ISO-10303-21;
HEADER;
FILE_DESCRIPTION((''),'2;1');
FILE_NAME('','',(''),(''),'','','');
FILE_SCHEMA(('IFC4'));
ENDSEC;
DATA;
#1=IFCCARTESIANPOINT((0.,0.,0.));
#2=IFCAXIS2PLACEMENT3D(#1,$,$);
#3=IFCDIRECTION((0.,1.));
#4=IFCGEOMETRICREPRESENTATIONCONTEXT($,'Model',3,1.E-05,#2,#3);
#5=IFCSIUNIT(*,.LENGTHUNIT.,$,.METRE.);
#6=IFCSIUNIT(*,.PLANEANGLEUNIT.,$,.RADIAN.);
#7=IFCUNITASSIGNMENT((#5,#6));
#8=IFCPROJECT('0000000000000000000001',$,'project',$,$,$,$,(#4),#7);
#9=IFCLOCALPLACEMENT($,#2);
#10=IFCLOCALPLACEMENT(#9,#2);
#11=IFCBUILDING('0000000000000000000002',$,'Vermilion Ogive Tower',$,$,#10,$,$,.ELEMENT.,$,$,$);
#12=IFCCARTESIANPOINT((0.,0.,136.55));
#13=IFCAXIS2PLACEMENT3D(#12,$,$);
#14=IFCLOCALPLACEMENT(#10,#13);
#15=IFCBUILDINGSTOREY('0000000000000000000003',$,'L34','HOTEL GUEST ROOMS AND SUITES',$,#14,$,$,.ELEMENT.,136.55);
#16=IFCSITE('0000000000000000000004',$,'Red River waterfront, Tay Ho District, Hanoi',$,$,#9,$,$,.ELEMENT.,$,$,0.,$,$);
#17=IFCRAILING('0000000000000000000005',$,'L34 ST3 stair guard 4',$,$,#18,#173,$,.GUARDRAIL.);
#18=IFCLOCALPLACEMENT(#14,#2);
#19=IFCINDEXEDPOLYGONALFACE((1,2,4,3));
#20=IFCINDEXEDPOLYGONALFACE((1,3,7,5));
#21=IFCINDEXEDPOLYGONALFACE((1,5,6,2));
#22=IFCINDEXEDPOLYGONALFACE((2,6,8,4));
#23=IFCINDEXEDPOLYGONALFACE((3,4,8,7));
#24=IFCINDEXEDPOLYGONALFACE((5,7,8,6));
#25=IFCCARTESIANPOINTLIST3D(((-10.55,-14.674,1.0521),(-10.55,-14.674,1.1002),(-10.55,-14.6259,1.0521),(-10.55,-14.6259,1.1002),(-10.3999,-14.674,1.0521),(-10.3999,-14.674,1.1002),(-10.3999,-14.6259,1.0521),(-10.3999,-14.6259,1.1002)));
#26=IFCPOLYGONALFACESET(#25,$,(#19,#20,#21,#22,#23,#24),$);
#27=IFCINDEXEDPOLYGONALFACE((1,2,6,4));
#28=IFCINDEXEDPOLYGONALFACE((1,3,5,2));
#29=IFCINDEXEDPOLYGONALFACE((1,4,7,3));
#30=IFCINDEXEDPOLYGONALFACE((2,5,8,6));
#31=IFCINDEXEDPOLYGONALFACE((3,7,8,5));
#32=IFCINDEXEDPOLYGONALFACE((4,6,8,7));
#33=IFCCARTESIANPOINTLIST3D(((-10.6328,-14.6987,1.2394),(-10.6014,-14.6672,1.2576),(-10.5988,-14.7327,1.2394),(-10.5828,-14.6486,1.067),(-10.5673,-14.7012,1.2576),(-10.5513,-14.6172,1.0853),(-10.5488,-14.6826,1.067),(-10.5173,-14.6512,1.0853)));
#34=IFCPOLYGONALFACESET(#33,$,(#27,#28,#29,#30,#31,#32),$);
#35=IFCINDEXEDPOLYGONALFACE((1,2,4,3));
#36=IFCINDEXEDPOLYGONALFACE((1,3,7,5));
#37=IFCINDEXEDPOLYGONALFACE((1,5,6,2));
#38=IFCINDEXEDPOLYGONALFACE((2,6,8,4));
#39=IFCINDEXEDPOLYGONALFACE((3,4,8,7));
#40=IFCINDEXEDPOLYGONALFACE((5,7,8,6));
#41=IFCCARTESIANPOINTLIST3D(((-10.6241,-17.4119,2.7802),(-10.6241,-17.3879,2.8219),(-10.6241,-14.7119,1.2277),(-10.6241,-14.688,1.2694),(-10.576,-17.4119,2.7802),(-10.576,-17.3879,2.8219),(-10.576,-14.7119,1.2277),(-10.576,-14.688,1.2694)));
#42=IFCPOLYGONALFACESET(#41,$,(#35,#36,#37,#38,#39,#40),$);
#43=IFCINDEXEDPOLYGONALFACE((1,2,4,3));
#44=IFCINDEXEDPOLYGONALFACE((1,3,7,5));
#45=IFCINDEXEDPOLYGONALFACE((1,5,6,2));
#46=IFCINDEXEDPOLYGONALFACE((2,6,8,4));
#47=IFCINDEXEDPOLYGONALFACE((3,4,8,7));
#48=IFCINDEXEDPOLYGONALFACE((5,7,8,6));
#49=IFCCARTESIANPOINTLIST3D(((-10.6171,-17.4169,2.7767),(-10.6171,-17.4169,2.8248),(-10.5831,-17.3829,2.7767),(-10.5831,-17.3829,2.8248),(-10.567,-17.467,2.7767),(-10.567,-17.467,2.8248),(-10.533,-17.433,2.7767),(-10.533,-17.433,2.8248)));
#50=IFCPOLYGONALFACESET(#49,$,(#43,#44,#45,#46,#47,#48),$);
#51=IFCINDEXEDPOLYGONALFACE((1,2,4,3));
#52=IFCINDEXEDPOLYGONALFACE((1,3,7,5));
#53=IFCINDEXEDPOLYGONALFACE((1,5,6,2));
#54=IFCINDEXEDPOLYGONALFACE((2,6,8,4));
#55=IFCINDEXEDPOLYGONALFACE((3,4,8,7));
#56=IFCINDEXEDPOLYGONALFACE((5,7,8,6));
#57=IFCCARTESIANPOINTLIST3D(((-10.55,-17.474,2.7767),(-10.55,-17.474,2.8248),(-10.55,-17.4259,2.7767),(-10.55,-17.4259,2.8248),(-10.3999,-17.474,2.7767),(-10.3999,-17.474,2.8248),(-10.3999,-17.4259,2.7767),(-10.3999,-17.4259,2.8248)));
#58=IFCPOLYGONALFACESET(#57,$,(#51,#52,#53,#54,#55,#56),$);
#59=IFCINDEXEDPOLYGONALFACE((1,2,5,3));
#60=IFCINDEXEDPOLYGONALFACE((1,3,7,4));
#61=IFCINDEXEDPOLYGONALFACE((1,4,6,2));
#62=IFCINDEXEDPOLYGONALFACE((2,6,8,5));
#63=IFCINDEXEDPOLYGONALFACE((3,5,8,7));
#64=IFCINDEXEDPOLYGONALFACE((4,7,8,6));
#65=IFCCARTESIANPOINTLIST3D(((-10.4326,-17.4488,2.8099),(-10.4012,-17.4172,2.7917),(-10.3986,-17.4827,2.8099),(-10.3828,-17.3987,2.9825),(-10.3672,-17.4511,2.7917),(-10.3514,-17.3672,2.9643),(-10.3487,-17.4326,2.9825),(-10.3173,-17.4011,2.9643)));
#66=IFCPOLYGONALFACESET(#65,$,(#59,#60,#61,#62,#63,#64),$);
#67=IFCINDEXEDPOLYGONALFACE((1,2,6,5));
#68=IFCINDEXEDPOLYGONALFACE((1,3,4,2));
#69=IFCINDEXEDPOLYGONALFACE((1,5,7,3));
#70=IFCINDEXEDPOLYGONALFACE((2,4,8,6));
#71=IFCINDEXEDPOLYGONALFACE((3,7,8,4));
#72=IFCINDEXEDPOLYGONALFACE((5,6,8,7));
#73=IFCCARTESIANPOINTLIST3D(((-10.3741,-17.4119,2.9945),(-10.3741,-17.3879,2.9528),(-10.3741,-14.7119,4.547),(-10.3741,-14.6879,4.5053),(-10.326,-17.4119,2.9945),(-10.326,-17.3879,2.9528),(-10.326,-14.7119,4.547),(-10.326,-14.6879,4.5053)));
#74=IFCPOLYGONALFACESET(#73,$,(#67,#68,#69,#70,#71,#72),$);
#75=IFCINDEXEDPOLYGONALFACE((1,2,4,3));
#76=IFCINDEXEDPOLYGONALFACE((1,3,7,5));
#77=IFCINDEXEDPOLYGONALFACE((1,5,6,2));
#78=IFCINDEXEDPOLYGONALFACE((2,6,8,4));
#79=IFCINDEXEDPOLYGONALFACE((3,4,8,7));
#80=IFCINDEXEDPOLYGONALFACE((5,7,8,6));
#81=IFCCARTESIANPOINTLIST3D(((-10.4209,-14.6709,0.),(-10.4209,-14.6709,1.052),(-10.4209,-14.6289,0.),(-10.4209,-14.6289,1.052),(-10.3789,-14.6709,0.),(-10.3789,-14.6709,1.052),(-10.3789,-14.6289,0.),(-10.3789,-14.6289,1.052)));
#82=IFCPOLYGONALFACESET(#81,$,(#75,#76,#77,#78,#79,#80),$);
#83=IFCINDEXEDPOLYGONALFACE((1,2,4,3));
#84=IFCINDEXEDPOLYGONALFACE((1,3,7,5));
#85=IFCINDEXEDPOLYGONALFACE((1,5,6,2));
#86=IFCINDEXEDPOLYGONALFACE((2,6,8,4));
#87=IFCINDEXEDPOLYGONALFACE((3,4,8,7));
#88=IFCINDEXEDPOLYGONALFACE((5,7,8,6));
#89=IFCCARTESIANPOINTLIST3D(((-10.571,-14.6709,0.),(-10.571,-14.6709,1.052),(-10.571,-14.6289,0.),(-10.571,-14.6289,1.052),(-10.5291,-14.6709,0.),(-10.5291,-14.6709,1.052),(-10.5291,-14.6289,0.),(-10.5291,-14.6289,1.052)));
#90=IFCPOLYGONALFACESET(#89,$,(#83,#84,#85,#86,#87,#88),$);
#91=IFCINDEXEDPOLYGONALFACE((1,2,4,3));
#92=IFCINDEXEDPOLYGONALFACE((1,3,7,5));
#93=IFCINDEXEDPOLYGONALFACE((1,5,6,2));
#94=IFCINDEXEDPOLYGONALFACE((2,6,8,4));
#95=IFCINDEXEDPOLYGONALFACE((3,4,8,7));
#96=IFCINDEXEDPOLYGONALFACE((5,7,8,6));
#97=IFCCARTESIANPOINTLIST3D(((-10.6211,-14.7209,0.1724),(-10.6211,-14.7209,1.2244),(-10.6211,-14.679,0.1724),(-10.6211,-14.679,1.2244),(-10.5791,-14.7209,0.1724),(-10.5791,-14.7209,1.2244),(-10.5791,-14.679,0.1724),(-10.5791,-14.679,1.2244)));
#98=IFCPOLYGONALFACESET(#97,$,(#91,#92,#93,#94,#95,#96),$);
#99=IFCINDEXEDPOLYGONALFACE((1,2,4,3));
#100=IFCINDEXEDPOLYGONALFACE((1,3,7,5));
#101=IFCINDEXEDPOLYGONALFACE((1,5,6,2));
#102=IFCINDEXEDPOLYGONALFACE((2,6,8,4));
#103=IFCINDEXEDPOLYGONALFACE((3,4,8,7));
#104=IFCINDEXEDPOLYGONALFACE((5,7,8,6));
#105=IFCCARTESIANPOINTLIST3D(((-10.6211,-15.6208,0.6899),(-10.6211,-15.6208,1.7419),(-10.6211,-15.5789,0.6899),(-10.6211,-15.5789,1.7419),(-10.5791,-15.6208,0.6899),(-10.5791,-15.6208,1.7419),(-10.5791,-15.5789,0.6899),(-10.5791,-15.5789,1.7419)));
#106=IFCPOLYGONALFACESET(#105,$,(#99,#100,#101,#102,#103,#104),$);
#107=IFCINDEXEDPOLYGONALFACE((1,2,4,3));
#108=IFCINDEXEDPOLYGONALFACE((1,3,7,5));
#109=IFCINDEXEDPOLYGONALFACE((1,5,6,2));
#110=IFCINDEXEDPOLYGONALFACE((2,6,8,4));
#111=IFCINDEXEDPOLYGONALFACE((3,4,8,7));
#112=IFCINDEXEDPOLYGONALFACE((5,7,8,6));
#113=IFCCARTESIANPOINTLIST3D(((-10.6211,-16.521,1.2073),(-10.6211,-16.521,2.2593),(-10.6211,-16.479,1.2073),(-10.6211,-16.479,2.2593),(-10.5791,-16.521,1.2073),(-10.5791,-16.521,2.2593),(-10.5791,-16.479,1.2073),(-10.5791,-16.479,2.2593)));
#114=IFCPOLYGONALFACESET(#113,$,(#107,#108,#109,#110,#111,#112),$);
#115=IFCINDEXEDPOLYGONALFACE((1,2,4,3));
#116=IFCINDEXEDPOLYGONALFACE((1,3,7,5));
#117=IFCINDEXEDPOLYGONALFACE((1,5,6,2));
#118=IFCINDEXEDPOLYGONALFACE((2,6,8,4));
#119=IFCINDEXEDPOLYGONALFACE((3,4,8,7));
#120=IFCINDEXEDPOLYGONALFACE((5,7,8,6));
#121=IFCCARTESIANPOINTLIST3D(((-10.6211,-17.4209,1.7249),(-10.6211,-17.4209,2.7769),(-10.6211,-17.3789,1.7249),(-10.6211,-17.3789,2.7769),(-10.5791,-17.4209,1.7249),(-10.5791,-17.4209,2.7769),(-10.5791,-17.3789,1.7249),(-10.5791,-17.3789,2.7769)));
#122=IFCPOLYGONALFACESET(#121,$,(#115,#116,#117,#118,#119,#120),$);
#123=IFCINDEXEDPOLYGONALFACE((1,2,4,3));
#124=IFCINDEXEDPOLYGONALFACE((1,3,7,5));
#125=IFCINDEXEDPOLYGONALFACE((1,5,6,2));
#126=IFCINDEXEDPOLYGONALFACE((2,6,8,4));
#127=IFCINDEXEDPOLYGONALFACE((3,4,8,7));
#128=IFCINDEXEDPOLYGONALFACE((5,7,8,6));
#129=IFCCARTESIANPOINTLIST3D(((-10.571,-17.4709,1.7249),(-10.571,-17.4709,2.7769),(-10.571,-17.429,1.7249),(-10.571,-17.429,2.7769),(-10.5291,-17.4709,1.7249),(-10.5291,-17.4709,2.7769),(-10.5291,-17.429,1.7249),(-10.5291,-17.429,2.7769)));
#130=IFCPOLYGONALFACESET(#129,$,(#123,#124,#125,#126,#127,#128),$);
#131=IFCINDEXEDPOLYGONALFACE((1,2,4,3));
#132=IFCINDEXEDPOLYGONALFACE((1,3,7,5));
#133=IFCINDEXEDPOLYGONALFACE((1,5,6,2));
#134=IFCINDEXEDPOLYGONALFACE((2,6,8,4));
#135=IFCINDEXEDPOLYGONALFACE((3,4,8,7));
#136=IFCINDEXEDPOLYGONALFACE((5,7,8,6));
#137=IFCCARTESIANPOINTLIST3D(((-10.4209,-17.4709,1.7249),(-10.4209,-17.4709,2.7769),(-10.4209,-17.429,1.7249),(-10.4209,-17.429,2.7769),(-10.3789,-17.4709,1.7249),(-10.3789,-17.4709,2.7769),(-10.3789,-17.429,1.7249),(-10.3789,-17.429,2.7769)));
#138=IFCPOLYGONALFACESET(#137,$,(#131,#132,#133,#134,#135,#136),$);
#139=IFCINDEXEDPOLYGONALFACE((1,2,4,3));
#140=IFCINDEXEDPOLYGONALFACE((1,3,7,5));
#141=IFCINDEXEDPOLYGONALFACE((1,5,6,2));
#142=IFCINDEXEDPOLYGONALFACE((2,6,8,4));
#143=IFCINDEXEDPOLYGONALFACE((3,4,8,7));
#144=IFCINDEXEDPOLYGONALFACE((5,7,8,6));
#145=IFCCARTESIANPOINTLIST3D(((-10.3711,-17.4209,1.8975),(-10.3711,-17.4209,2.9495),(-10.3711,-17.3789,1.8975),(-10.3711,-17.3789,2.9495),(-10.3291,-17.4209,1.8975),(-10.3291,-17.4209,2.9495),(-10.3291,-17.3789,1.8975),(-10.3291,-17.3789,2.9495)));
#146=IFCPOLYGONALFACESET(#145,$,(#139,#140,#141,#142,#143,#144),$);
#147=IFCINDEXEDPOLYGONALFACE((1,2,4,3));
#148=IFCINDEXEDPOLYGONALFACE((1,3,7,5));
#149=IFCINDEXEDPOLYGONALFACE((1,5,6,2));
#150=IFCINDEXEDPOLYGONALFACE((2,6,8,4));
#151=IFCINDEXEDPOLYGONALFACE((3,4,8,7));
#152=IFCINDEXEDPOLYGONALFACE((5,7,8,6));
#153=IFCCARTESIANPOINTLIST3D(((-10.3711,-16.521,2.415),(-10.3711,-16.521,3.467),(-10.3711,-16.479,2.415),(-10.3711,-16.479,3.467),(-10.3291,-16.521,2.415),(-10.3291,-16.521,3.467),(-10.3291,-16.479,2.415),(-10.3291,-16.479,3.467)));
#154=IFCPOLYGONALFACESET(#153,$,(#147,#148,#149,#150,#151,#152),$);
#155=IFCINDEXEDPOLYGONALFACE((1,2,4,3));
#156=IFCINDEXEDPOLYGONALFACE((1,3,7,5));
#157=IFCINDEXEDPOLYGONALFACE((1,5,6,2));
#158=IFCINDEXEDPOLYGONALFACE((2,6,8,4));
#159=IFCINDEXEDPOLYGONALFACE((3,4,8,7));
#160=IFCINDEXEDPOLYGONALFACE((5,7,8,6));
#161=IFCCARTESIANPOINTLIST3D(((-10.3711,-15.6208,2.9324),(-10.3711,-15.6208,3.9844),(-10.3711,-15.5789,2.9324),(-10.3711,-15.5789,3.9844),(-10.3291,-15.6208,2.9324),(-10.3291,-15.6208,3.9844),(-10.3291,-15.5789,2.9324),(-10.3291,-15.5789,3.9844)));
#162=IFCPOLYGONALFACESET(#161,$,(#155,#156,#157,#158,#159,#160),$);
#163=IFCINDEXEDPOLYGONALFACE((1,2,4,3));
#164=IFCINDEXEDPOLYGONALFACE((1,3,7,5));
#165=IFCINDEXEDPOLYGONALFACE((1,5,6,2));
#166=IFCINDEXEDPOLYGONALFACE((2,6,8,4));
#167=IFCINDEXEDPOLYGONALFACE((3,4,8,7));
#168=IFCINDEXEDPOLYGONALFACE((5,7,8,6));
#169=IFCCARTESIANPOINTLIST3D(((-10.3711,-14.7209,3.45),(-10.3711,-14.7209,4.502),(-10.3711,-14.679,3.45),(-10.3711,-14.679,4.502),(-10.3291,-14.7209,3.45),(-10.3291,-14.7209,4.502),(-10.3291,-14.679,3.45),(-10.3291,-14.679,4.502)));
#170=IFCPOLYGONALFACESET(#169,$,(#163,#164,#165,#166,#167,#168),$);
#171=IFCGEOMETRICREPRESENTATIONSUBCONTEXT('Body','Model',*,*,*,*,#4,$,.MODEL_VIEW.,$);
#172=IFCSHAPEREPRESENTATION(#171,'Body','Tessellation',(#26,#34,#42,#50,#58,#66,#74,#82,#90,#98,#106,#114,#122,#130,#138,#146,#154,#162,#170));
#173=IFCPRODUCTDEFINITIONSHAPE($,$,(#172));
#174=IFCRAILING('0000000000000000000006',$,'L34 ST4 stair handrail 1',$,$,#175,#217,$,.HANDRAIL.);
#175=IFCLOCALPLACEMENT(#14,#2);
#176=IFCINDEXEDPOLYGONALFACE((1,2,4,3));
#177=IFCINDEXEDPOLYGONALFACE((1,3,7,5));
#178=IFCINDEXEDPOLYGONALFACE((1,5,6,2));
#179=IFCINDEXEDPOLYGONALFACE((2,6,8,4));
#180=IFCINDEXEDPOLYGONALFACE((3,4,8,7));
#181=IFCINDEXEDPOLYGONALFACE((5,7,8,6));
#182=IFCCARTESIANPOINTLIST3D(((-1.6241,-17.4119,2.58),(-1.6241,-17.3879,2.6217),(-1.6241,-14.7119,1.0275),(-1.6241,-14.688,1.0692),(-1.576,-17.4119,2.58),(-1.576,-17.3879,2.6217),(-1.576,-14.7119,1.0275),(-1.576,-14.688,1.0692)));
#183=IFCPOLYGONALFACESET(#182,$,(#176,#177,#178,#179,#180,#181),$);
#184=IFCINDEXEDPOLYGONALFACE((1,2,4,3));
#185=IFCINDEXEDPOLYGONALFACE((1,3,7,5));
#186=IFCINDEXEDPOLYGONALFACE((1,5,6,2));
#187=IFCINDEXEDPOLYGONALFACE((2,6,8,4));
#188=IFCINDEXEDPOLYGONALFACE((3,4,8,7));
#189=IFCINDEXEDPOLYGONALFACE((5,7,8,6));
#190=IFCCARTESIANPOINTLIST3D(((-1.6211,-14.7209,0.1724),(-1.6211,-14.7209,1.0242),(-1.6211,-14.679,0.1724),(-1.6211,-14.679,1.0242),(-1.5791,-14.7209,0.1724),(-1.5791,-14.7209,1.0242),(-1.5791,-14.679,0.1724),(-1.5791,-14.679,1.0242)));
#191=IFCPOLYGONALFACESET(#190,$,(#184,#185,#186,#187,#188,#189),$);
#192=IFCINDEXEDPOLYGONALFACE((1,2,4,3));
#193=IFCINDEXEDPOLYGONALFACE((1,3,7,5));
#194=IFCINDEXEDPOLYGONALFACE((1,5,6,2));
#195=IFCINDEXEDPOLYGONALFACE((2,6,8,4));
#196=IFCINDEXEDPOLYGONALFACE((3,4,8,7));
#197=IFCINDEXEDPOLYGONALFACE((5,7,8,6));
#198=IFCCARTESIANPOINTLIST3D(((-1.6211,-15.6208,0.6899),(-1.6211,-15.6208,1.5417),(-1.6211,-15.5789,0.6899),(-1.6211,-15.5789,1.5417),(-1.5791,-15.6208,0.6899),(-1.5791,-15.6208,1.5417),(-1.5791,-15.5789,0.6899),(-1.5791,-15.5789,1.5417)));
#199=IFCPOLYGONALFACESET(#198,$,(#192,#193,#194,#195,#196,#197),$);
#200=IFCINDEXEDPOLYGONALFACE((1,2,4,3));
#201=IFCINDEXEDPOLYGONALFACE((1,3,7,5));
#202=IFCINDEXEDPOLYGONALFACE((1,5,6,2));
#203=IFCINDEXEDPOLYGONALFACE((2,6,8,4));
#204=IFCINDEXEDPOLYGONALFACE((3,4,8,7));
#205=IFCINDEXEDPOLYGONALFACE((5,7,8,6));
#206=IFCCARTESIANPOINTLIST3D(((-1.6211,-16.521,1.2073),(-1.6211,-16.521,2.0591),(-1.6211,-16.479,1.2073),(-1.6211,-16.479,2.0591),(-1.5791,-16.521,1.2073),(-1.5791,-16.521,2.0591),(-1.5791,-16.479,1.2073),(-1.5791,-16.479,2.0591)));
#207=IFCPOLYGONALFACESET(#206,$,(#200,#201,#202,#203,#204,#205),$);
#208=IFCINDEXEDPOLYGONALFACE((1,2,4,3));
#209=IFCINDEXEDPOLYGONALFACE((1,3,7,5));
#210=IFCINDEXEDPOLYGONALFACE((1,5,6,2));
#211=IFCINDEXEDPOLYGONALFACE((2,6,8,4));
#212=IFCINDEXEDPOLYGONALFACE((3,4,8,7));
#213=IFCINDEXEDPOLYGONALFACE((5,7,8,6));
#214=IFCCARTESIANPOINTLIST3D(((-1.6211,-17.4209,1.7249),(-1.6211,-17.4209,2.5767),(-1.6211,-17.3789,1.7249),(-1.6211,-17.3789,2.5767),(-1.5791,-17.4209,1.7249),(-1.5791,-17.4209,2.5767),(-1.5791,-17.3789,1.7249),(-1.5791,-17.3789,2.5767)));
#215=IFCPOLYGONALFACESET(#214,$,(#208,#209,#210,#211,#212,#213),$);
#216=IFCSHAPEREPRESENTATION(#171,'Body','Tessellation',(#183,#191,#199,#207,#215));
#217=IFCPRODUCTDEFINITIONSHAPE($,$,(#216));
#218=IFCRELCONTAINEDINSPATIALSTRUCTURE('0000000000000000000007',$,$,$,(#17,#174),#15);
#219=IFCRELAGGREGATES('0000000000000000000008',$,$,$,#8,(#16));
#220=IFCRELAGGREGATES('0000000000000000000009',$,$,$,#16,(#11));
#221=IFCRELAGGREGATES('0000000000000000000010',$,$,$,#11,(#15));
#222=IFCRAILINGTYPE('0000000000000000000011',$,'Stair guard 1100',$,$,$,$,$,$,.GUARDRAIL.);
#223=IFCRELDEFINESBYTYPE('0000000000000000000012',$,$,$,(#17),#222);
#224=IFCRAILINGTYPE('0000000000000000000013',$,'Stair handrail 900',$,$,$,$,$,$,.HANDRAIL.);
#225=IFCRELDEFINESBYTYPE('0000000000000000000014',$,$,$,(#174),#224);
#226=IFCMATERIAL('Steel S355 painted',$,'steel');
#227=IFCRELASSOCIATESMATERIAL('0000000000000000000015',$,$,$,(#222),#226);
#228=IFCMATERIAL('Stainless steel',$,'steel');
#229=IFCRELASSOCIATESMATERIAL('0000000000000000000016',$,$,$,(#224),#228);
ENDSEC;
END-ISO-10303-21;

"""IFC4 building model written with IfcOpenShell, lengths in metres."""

from ifc_helpers import new_model, si_unit, direction, frame, origin, origin_2d, place, context, subcontext, project, spatial, rectangle, extrude, material, type_object, element, save


model = new_model("IFC4")

# Units and contexts
model_context = context("Model", 3, precision=1e-05, world=origin(), true_north=direction((0.0, 1.0)))
body_context = subcontext(model_context, "Body", "Model", "MODEL_VIEW")
ifc_project = project(units=[si_unit("LENGTHUNIT", "METRE"), si_unit("PLANEANGLEUNIT", "RADIAN")], contexts=[model_context])

# Site, building, storey
site_placement = place(None, origin())
site = spatial("IfcSite", under=ifc_project, at=site_placement, Name="Red River waterfront, Tay Ho District, Hanoi", CompositionType="ELEMENT", RefElevation=0.0)
building_placement = place(site_placement, origin())
building = spatial("IfcBuilding", under=site, at=building_placement, Name="Vermilion Ogive Tower", CompositionType="ELEMENT")
storey_placement = place(building_placement, frame((0.0, 0.0, 136.55)))
storey = spatial("IfcBuildingStorey", under=building, at=storey_placement, Name="L34", Description="HOTEL GUEST ROOMS AND SUITES", CompositionType="ELEMENT", Elevation=136.55)

# Railings
ifc_material_1 = material(Name="Steel S355 painted", Category="steel")
railing_type_1 = type_object("IfcRailingType", Name="Stair guard 1100", PredefinedType="GUARDRAIL", material=ifc_material_1)
railing_1_placement = place(storey_placement, frame((-10.3999, -14.6499, 0.0)))
element("IfcRailing", 1, at=railing_1_placement, inside=storey, type_object=railing_type_1, Name="L34 ST3 stair guard 4", PredefinedType="GUARDRAIL", context=body_context, shape_type="SweptSolid", body=[
    extrude(rectangle(XDim=0.0481, YDim=0.0481, at=origin_2d()), frame((0.0, 0.0, 1.0762), z_axis=(-1.0, 0.0, 0.0), x_axis=(0.0, -1.0, 0.0)), (0.0, 0.0, 1.0), 0.1501),
    extrude(rectangle(XDim=0.0481, YDim=0.0481, at=origin_2d()), frame((-0.1501, 0.0, 1.0762), z_axis=(-0.268603, -0.268603, 0.925043), x_axis=(0.707107, -0.707107, 0.0)), (0.0, 0.0, 1.0), 0.1863),
    extrude(rectangle(XDim=0.0481, YDim=0.0481, at=origin_2d()), frame((-0.2002, -0.05, 1.2485), z_axis=(0.0, -0.866904, 0.498476), x_axis=(1.0, 0.0, 0.0)), (0.0, 0.0, 1.0), 3.1145),
    extrude(rectangle(XDim=0.0481, YDim=0.0481, at=origin_2d()), frame((-0.2002, -2.75, 2.8008), z_axis=(0.707107, -0.707107, 0.0), x_axis=(0.707107, 0.707107, 0.0)), (0.0, 0.0, 1.0), 0.0708),
    extrude(rectangle(XDim=0.0481, YDim=0.0481, at=origin_2d()), frame((-0.1501, -2.8, 2.8008), z_axis=(1.0, 0.0, 0.0), x_axis=(0.0, 1.0, 0.0)), (0.0, 0.0, 1.0), 0.1501),
    extrude(rectangle(XDim=0.0481, YDim=0.0481, at=origin_2d()), frame((0.0, -2.8, 2.8008), z_axis=(0.267063, 0.268372, 0.925556), x_axis=(-0.708834, 0.705376, 0.0)), (0.0, 0.0, 1.0), 0.1865),
    extrude(rectangle(XDim=0.0481, YDim=0.0481, at=origin_2d()), frame((0.0498, -2.75, 2.9736), z_axis=(0.0, 0.866904, 0.498476), x_axis=(-1.0, 0.0, 0.0)), (0.0, 0.0, 1.0), 3.1145),
    extrude(rectangle(XDim=0.042, YDim=0.042, at=origin_2d()), origin(), (0.0, 0.0, 1.0), 1.052),
    extrude(rectangle(XDim=0.042, YDim=0.042, at=origin_2d()), frame((-0.1501, 0.0, 0.0)), (0.0, 0.0, 1.0), 1.052),
    extrude(rectangle(XDim=0.042, YDim=0.042, at=origin_2d()), frame((-0.2002, -0.05, 0.1724)), (0.0, 0.0, 1.0), 1.052),
    extrude(rectangle(XDim=0.042, YDim=0.042, at=origin_2d()), frame((-0.2002, -0.95, 0.6899)), (0.0, 0.0, 1.0), 1.052),
    extrude(rectangle(XDim=0.042, YDim=0.042, at=origin_2d()), frame((-0.2002, -1.8501, 1.2073)), (0.0, 0.0, 1.0), 1.052),
    extrude(rectangle(XDim=0.042, YDim=0.042, at=origin_2d()), frame((-0.2002, -2.75, 1.7249)), (0.0, 0.0, 1.0), 1.052),
    extrude(rectangle(XDim=0.042, YDim=0.042, at=origin_2d()), frame((-0.1501, -2.8, 1.7249)), (0.0, 0.0, 1.0), 1.052),
    extrude(rectangle(XDim=0.042, YDim=0.042, at=origin_2d()), frame((0.0, -2.8, 1.7249)), (0.0, 0.0, 1.0), 1.052),
    extrude(rectangle(XDim=0.042, YDim=0.042, at=origin_2d()), frame((0.0498, -2.75, 1.8975)), (0.0, 0.0, 1.0), 1.052),
    extrude(rectangle(XDim=0.042, YDim=0.042, at=origin_2d()), frame((0.0498, -1.8501, 2.415)), (0.0, 0.0, 1.0), 1.052),
    extrude(rectangle(XDim=0.042, YDim=0.042, at=origin_2d()), frame((0.0498, -0.95, 2.9324)), (0.0, 0.0, 1.0), 1.052),
    extrude(rectangle(XDim=0.042, YDim=0.042, at=origin_2d()), frame((0.0498, -0.05, 3.45)), (0.0, 0.0, 1.0), 1.052),
])
ifc_material_2 = material(Name="Stainless steel", Category="steel")
railing_type_2 = type_object("IfcRailingType", Name="Stair handrail 900", PredefinedType="HANDRAIL", material=ifc_material_2)
railing_2_placement = place(storey_placement, frame((-1.6001, -14.7, 0.1724)))
element("IfcRailing", 2, at=railing_2_placement, inside=storey, type_object=railing_type_2, Name="L34 ST4 stair handrail 1", PredefinedType="HANDRAIL", context=body_context, shape_type="SweptSolid", body=[
    extrude(rectangle(XDim=0.0481, YDim=0.0481, at=origin_2d()), frame((0.0, 0.0, 0.876), z_axis=(0.0, -0.866904, 0.498476), x_axis=(1.0, 0.0, 0.0)), (0.0, 0.0, 1.0), 3.1145),
    extrude(rectangle(XDim=0.042, YDim=0.042, at=origin_2d()), origin(), (0.0, 0.0, 1.0), 0.8518),
    extrude(rectangle(XDim=0.042, YDim=0.042, at=origin_2d()), frame((0.0, -0.8999, 0.5176)), (0.0, 0.0, 1.0), 0.8518),
    extrude(rectangle(XDim=0.042, YDim=0.042, at=origin_2d()), frame((0.0, -1.8, 1.0349)), (0.0, 0.0, 1.0), 0.8518),
    extrude(rectangle(XDim=0.042, YDim=0.042, at=origin_2d()), frame((0.0, -2.7, 1.5525)), (0.0, 0.0, 1.0), 0.8518),
])

save(model, "model.ifc")
